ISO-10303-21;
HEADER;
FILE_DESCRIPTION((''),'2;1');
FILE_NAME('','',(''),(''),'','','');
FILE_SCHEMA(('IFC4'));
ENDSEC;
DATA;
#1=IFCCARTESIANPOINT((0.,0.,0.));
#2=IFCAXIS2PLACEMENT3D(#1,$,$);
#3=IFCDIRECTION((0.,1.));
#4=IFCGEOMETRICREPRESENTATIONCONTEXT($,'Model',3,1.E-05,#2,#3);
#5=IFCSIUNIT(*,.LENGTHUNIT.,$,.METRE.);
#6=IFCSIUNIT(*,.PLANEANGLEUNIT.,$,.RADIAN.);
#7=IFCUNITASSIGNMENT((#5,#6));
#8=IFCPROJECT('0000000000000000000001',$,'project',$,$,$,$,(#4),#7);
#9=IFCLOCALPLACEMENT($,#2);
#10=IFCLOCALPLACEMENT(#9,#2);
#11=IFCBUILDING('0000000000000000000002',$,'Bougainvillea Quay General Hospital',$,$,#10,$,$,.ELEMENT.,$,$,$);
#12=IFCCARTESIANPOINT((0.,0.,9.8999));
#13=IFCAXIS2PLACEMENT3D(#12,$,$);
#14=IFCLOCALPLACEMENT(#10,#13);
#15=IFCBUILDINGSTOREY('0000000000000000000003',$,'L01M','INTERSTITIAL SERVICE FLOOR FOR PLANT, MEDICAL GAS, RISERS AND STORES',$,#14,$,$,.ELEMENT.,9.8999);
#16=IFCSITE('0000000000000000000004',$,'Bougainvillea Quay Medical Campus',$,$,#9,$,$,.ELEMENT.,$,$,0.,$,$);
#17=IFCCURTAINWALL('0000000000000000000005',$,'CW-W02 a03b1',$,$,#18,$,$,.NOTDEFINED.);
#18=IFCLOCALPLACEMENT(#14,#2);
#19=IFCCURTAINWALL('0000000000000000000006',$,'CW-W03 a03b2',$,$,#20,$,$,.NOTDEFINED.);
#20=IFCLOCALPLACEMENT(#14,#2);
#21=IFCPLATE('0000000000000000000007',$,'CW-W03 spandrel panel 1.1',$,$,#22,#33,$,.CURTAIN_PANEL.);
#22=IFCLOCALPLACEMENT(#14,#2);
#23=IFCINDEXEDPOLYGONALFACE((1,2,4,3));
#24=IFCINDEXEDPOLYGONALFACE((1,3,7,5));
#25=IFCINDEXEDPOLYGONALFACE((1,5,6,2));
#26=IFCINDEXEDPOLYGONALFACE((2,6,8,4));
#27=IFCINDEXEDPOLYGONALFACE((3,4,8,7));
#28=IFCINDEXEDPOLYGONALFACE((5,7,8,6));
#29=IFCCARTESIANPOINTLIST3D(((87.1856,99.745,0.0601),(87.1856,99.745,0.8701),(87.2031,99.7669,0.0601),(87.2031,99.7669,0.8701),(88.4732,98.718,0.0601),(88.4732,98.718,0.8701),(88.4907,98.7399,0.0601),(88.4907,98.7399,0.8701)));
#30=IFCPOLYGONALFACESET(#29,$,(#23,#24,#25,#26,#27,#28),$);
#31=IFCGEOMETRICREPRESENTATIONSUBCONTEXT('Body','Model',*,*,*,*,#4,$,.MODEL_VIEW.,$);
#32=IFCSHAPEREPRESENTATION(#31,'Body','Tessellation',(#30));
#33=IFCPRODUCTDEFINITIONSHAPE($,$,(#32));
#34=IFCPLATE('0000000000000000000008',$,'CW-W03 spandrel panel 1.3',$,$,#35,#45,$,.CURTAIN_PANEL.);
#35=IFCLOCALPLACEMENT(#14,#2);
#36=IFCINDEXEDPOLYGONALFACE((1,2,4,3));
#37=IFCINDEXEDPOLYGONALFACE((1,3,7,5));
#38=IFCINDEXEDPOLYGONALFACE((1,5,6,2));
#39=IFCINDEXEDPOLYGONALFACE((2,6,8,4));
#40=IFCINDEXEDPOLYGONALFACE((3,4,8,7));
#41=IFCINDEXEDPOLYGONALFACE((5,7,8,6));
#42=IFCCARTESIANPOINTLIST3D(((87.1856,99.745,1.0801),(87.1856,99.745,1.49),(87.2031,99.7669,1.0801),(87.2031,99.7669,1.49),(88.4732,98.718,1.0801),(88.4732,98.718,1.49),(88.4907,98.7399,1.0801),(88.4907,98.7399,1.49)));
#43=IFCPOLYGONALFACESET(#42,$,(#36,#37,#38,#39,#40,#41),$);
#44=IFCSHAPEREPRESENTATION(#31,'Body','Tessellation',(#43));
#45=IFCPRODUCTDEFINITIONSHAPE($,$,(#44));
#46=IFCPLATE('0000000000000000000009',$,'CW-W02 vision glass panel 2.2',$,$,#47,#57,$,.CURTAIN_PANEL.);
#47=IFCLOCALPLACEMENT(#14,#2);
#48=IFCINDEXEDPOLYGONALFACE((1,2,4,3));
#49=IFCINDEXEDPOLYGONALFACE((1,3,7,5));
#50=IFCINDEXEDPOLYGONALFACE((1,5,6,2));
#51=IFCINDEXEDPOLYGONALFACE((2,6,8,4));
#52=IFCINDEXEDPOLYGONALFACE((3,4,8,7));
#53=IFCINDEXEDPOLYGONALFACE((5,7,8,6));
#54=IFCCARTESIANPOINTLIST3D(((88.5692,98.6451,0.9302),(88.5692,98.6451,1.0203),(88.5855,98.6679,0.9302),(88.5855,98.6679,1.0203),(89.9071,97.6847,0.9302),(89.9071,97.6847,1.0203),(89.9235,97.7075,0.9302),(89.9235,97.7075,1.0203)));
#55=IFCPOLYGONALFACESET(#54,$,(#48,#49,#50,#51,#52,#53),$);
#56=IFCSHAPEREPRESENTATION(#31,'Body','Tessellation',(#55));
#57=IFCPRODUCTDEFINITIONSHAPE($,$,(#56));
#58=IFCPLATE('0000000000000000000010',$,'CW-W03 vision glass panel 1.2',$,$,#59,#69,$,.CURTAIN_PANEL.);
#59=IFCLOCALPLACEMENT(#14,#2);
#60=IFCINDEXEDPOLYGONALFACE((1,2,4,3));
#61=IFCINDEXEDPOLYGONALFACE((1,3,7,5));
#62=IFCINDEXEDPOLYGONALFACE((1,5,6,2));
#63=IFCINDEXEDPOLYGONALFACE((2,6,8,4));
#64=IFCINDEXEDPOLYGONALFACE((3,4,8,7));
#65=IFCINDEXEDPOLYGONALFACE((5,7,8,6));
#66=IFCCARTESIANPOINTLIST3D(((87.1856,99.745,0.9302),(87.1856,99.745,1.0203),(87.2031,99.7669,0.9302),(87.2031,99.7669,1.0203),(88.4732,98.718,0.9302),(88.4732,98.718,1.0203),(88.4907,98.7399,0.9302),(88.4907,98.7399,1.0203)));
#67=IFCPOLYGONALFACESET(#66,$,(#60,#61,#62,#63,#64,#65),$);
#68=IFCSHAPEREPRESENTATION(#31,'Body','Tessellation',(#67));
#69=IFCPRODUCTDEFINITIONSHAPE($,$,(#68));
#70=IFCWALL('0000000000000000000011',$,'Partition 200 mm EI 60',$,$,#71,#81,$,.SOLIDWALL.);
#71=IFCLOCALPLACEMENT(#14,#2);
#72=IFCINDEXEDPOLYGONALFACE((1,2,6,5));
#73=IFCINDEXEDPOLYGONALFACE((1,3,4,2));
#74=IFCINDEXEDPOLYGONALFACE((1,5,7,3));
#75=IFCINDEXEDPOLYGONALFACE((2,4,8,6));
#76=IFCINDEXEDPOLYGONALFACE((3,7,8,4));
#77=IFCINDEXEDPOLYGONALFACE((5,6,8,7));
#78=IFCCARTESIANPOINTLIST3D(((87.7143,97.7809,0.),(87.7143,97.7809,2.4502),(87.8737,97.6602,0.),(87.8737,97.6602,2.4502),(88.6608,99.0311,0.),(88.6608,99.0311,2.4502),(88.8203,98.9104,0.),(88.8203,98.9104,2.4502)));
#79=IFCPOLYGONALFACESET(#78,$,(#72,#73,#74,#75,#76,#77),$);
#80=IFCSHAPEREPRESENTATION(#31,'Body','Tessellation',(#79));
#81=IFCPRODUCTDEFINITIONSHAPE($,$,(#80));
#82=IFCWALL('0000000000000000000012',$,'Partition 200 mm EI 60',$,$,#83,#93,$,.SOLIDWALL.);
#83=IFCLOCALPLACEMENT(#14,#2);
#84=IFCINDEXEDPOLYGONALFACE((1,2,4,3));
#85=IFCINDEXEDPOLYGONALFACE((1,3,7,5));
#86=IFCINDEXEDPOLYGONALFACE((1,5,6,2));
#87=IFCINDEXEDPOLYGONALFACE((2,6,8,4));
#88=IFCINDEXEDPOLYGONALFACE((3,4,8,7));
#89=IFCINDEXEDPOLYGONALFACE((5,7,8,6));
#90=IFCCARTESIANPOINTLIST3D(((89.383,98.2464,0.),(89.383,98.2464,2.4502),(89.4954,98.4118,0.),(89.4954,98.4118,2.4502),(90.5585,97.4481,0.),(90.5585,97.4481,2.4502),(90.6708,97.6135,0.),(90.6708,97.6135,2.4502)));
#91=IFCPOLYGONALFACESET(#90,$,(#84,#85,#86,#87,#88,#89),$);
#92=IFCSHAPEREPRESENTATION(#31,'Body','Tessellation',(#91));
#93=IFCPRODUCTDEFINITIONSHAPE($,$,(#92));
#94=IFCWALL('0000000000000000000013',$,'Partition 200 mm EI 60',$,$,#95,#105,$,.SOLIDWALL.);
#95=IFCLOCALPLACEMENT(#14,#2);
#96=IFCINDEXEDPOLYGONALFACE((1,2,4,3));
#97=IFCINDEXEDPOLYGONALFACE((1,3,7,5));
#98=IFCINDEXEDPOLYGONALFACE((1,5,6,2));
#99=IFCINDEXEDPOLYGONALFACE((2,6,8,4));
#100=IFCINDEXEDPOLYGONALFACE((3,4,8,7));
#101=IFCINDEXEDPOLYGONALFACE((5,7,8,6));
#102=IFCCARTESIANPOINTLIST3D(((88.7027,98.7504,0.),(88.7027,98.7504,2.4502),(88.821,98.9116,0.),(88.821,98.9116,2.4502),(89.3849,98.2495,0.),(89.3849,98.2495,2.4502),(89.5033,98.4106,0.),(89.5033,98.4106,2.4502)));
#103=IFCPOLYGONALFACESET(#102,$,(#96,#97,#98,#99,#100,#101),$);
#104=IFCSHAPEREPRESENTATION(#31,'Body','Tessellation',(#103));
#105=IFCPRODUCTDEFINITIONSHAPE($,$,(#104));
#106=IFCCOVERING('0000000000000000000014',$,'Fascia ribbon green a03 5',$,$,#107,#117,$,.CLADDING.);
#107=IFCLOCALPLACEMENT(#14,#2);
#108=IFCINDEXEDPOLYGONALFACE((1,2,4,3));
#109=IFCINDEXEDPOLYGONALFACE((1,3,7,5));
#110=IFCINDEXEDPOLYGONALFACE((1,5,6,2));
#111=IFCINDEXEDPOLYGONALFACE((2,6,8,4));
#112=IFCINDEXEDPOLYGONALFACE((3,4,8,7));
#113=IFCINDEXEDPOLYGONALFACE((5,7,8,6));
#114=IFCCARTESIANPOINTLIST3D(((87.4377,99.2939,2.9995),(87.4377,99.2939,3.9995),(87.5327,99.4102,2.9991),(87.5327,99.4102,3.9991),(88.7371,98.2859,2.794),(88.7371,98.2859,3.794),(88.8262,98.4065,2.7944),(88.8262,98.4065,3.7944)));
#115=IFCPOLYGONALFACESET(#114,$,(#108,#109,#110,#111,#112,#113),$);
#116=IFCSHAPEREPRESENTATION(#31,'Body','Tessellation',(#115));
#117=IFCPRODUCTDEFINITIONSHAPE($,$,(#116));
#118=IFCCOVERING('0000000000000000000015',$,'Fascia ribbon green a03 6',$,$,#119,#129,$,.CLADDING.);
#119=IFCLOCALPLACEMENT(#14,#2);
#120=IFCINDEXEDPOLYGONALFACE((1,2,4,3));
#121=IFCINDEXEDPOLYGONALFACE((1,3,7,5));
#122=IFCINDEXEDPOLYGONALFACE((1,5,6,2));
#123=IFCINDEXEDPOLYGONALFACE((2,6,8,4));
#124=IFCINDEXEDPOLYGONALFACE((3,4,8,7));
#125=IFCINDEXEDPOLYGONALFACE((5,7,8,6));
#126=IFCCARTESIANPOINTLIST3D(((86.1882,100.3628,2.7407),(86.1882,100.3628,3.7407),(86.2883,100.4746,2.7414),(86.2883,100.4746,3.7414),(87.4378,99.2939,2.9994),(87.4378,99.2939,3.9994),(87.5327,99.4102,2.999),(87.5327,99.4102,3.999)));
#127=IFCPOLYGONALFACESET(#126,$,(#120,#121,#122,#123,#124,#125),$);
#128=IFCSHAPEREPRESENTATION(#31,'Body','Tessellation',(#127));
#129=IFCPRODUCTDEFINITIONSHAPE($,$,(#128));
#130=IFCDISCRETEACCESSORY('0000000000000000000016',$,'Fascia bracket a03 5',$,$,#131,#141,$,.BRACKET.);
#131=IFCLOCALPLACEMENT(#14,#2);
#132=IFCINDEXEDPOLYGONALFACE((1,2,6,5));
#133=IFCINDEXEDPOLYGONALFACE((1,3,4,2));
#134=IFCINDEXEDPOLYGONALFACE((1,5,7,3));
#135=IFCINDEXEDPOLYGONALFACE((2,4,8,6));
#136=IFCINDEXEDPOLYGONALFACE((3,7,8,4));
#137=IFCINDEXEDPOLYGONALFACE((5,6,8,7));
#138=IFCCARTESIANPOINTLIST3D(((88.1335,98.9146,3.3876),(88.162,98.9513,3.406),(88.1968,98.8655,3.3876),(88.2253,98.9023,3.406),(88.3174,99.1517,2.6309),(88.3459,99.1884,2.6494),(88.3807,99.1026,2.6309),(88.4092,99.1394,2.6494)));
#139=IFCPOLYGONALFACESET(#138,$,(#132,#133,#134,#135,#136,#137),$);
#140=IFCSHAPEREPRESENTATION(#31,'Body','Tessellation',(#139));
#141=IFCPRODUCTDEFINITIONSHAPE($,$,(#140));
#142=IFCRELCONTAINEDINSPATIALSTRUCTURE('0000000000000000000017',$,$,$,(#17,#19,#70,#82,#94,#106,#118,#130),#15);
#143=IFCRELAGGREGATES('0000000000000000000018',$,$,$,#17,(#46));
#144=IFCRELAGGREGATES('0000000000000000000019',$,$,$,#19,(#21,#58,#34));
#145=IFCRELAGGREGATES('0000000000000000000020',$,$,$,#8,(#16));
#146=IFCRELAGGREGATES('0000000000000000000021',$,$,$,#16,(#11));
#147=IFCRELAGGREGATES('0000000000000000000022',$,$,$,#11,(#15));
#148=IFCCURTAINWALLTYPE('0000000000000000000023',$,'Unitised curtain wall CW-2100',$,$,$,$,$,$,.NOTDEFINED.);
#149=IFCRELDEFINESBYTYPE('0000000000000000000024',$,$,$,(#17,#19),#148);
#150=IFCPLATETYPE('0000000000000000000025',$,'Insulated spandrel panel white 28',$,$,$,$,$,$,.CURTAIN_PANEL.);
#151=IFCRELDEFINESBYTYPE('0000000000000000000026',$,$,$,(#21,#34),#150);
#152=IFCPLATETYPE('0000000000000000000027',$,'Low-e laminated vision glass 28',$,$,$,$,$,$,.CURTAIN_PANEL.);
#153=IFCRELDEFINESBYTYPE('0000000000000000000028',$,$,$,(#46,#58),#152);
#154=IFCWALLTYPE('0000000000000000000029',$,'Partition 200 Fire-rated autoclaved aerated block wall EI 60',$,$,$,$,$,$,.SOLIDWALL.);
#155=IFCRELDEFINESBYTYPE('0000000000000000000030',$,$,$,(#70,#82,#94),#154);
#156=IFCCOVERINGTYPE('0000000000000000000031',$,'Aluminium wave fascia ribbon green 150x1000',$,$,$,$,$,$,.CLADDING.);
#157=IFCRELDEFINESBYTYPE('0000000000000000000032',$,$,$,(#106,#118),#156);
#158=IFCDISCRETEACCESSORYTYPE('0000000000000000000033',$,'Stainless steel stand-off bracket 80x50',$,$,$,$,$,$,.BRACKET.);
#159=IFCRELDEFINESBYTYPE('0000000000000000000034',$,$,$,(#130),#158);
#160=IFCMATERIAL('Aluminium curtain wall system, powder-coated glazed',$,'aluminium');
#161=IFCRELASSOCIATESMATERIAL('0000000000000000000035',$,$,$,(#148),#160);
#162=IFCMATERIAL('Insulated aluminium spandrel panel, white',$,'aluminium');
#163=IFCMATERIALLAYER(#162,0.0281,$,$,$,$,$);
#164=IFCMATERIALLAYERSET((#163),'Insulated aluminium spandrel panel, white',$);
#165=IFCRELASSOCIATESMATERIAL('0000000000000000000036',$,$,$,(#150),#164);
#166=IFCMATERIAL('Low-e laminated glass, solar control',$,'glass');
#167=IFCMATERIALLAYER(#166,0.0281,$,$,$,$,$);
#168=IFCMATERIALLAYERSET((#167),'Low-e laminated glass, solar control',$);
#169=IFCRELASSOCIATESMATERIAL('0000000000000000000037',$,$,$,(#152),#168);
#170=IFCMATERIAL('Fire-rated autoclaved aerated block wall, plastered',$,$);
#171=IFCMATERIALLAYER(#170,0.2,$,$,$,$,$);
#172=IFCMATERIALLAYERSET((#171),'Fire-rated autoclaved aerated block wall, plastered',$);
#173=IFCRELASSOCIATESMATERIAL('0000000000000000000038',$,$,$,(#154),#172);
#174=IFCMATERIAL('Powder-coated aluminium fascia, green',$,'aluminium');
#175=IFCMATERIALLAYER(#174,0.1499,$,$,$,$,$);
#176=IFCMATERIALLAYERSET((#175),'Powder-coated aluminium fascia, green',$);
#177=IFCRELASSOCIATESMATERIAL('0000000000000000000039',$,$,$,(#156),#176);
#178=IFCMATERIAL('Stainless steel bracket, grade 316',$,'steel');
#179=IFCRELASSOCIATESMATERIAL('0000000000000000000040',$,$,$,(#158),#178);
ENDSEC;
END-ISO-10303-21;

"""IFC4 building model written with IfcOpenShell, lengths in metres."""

from ifc_helpers import new_model, si_unit, direction, frame, frame_2d, origin, origin_2d, place, context, subcontext, project, spatial, polyline, rectangle, outline, extrude, material, layer, layer_set, material_profile, profile_set, type_object, element, aggregate, save


model = new_model("IFC4")

# Units and contexts
model_context = context("Model", 3, precision=1e-05, world=origin(), true_north=direction((0.0, 1.0)))
body_context = subcontext(model_context, "Body", "Model", "MODEL_VIEW")
ifc_project = project(units=[si_unit("LENGTHUNIT", "METRE"), si_unit("PLANEANGLEUNIT", "RADIAN")], contexts=[model_context])

# Site, building, storey
site_placement = place(None, origin())
site = spatial("IfcSite", under=ifc_project, at=site_placement, Name="Bougainvillea Quay Medical Campus", CompositionType="ELEMENT", RefElevation=0.0)
building_placement = place(site_placement, origin())
building = spatial("IfcBuilding", under=site, at=building_placement, Name="Bougainvillea Quay General Hospital", CompositionType="ELEMENT")
storey_placement = place(building_placement, frame((0.0, 0.0, 9.8999)))
storey = spatial("IfcBuildingStorey", under=building, at=storey_placement, Name="L01M", Description="INTERSTITIAL SERVICE FLOOR FOR PLANT, MEDICAL GAS, RISERS AND STORES", CompositionType="ELEMENT", Elevation=9.8999)

# Curtain wall
ifc_material_1 = material(Name="Aluminium curtain wall system, powder-coated glazed", Category="aluminium")
curtain_wall_type = type_object("IfcCurtainWallType", Name="Unitised curtain wall CW-2100", PredefinedType="NOTDEFINED", material=ifc_material_1)
curtain_wall_1_placement = place(storey_placement, origin())
curtain_wall_1 = element("IfcCurtainWall", 1, at=curtain_wall_1_placement, inside=storey, type_object=curtain_wall_type, Name="CW-W02 a03b1", PredefinedType="NOTDEFINED")

# Curtain wall
curtain_wall_2_placement = place(storey_placement, origin())
curtain_wall_2 = element("IfcCurtainWall", 2, at=curtain_wall_2_placement, inside=storey, type_object=curtain_wall_type, Name="CW-W03 a03b2", PredefinedType="NOTDEFINED")

# Plates
ifc_material_2 = material(Name="Insulated aluminium spandrel panel, white", Category="aluminium")
ifc_layer_1 = layer(ifc_material_2, 0.0281)
ifc_layer_set_1 = layer_set([ifc_layer_1], Name="Insulated aluminium spandrel panel, white")
plate_type_1 = type_object("IfcPlateType", Name="Insulated spandrel panel white 28", PredefinedType="CURTAIN_PANEL", material=ifc_layer_set_1)
plate_1_placement = place(storey_placement, frame((87.8381, 99.2424, 0.0601), z_axis=(0.0, 0.0, 1.0), x_axis=(-0.781771, 0.623566, 0.0)))
plate_1 = element("IfcPlate", 3, at=plate_1_placement, type_object=plate_type_1, Name="CW-W03 spandrel panel 1.1", PredefinedType="CURTAIN_PANEL", context=body_context, shape_type="SweptSolid", body=[
    extrude(rectangle(XDim=1.647, YDim=0.0281, at=origin_2d()), origin(), (0.0, 0.0, 1.0), 0.8101),
])
plate_2_placement = place(storey_placement, frame((87.8381, 99.2424, 1.0801), z_axis=(0.0, 0.0, 1.0), x_axis=(-0.781771, 0.623566, 0.0)))
plate_2 = element("IfcPlate", 4, at=plate_2_placement, type_object=plate_type_1, Name="CW-W03 spandrel panel 1.3", PredefinedType="CURTAIN_PANEL", context=body_context, shape_type="SweptSolid", body=[
    extrude(rectangle(XDim=1.647, YDim=0.0281, at=origin_2d()), origin(), (0.0, 0.0, 1.0), 0.4099),
])
ifc_material_3 = material(Name="Low-e laminated glass, solar control", Category="glass")
ifc_layer_2 = layer(ifc_material_3, 0.0281)
ifc_layer_set_2 = layer_set([ifc_layer_2], Name="Low-e laminated glass, solar control")
plate_type_2 = type_object("IfcPlateType", Name="Low-e laminated vision glass 28", PredefinedType="CURTAIN_PANEL", material=ifc_layer_set_2)
plate_3_placement = place(storey_placement, frame((89.2463, 98.1763, 0.9302), z_axis=(0.0, 0.0, 1.0), x_axis=(-0.812379, 0.58313, 0.0)))
plate_3 = element("IfcPlate", 5, at=plate_3_placement, type_object=plate_type_2, Name="CW-W02 vision glass panel 2.2", PredefinedType="CURTAIN_PANEL", context=body_context, shape_type="SweptSolid", body=[
    extrude(rectangle(XDim=1.647, YDim=0.0281, at=origin_2d()), origin(), (0.0, 0.0, 1.0), 0.0901),
])
aggregate(curtain_wall_1, [plate_3])
plate_4_placement = place(storey_placement, frame((87.8381, 99.2424, 0.9302), z_axis=(0.0, 0.0, 1.0), x_axis=(-0.781771, 0.623566, 0.0)))
plate_4 = element("IfcPlate", 6, at=plate_4_placement, type_object=plate_type_2, Name="CW-W03 vision glass panel 1.2", PredefinedType="CURTAIN_PANEL", context=body_context, shape_type="SweptSolid", body=[
    extrude(rectangle(XDim=1.647, YDim=0.0281, at=origin_2d()), origin(), (0.0, 0.0, 1.0), 0.0901),
])
aggregate(curtain_wall_2, [plate_1, plate_4, plate_2])

# Walls
ifc_material_4 = material(Name="Fire-rated autoclaved aerated block wall, plastered")
ifc_layer_3 = layer(ifc_material_4, 0.2)
ifc_layer_set_3 = layer_set([ifc_layer_3], Name="Fire-rated autoclaved aerated block wall, plastered")
wall_type = type_object("IfcWallType", Name="Partition 200 Fire-rated autoclaved aerated block wall EI 60", PredefinedType="SOLIDWALL", material=ifc_layer_set_3)
wall_1_placement = place(storey_placement, frame((87.7939, 97.7205, 0.0), z_axis=(0.0, 0.0, 1.0), x_axis=(0.603606, 0.797283, 0.0)))
element("IfcWall", 7, at=wall_1_placement, inside=storey, type_object=wall_type, Name="Partition 200 mm EI 60", PredefinedType="SOLIDWALL", context=body_context, shape_type="SweptSolid", body=[
    extrude(rectangle(XDim=1.5681, YDim=0.2, at=frame_2d((0.7842, 0.0))), origin(), (0.0, 0.0, 1.0), 2.4502),
])
wall_2_placement = place(storey_placement, frame((89.4392, 98.3291, 0.0), z_axis=(0.0, 0.0, 1.0), x_axis=(0.827262, -0.561816, 0.0)))
element("IfcWall", 8, at=wall_2_placement, inside=storey, type_object=wall_type, Name="Partition 200 mm EI 60", PredefinedType="SOLIDWALL", context=body_context, shape_type="SweptSolid", body=[
    extrude(rectangle(XDim=1.4209, YDim=0.2, at=frame_2d((0.7104, 0.0))), origin(), (0.0, 0.0, 1.0), 2.4502),
])
wall_3_placement = place(storey_placement, frame((88.7617, 98.8311, 0.0), z_axis=(0.0, 0.0, 1.0), x_axis=(0.806084, -0.591801, 0.0)))
element("IfcWall", 9, at=wall_3_placement, inside=storey, type_object=wall_type, Name="Partition 200 mm EI 60", PredefinedType="SOLIDWALL", context=body_context, shape_type="SweptSolid", body=[
    extrude(rectangle(XDim=0.8464, YDim=0.2, at=frame_2d((0.4233, 0.0))), origin(), (0.0, 0.0, 1.0), 2.4502),
])

# Coverings
ifc_material_5 = material(Name="Powder-coated aluminium fascia, green", Category="aluminium")
ifc_layer_4 = layer(ifc_material_5, 0.1499)
ifc_layer_set_4 = layer_set([ifc_layer_4], Name="Powder-coated aluminium fascia, green")
covering_type = type_object("IfcCoveringType", Name="Aluminium wave fascia ribbon green 150x1000", PredefinedType="CLADDING", material=ifc_layer_set_4)
covering_1_placement = place(storey_placement, frame((88.8262, 98.4065, 2.7944), z_axis=(0.097916, -0.076112, 0.99228), x_axis=(-0.783951, 0.608309, 0.124018)))
element("IfcCovering", 10, at=covering_1_placement, inside=storey, type_object=covering_type, Name="Fascia ribbon green a03 5", PredefinedType="CLADDING", context=body_context, shape_type="SweptSolid", body=[
    extrude(outline(polyline([(0.0, 0.0), (1.6499, 0.0), (1.6537, 0.15), (-0.0036, 0.1499), (0.0, 0.0)])), origin(), (0.124018, -0.000105, 0.99228), 1.0),
])
covering_2_placement = place(storey_placement, frame((87.5327, 99.4102, 2.999), z_axis=(-0.118628, 0.100424, 0.987847), x_axis=(-0.750674, 0.64213, -0.155426)))
element("IfcCovering", 11, at=covering_2_placement, inside=storey, type_object=covering_type, Name="Fascia ribbon green a03 6", PredefinedType="CLADDING", context=body_context, shape_type="SweptSolid", body=[
    extrude(outline(polyline([(0.0, 0.0), (1.6577, 0.0), (1.6611, 0.15), (-0.0034, 0.15), (0.0, 0.0)])), origin(), (-0.155426, -0.000789, 0.987847), 1.0),
])

# Discrete accessory
ifc_material_6 = material(Name="Stainless steel bracket, grade 316", Category="steel")
ifc_material_profile_1 = material_profile(ifc_material_6, rectangle(XDim=0.0801, YDim=0.05, at=origin_2d()))
ifc_profile_set_1 = profile_set([ifc_material_profile_1], Name="Stainless steel bracket, grade 316")
discrete_accessory_type = type_object("IfcDiscreteAccessoryType", Name="Stainless steel stand-off bracket 80x50", PredefinedType="BRACKET", material=ifc_profile_set_1)
discrete_accessory_placement = place(storey_placement, frame((88.3633, 99.1455, 2.6401), z_axis=(-0.225874, -0.291267, 0.929594), x_axis=(0.790228, -0.612813, 0.0)))
element("IfcDiscreteAccessory", 12, at=discrete_accessory_placement, inside=storey, type_object=discrete_accessory_type, Name="Fascia bracket a03 5", PredefinedType="BRACKET", context=body_context, shape_type="SweptSolid", body=[
    extrude(rectangle(XDim=0.0801, YDim=0.05, at=origin_2d()), origin(), (0.0, 0.0, 1.0), 0.814),
])

save(model, "model.ifc")
